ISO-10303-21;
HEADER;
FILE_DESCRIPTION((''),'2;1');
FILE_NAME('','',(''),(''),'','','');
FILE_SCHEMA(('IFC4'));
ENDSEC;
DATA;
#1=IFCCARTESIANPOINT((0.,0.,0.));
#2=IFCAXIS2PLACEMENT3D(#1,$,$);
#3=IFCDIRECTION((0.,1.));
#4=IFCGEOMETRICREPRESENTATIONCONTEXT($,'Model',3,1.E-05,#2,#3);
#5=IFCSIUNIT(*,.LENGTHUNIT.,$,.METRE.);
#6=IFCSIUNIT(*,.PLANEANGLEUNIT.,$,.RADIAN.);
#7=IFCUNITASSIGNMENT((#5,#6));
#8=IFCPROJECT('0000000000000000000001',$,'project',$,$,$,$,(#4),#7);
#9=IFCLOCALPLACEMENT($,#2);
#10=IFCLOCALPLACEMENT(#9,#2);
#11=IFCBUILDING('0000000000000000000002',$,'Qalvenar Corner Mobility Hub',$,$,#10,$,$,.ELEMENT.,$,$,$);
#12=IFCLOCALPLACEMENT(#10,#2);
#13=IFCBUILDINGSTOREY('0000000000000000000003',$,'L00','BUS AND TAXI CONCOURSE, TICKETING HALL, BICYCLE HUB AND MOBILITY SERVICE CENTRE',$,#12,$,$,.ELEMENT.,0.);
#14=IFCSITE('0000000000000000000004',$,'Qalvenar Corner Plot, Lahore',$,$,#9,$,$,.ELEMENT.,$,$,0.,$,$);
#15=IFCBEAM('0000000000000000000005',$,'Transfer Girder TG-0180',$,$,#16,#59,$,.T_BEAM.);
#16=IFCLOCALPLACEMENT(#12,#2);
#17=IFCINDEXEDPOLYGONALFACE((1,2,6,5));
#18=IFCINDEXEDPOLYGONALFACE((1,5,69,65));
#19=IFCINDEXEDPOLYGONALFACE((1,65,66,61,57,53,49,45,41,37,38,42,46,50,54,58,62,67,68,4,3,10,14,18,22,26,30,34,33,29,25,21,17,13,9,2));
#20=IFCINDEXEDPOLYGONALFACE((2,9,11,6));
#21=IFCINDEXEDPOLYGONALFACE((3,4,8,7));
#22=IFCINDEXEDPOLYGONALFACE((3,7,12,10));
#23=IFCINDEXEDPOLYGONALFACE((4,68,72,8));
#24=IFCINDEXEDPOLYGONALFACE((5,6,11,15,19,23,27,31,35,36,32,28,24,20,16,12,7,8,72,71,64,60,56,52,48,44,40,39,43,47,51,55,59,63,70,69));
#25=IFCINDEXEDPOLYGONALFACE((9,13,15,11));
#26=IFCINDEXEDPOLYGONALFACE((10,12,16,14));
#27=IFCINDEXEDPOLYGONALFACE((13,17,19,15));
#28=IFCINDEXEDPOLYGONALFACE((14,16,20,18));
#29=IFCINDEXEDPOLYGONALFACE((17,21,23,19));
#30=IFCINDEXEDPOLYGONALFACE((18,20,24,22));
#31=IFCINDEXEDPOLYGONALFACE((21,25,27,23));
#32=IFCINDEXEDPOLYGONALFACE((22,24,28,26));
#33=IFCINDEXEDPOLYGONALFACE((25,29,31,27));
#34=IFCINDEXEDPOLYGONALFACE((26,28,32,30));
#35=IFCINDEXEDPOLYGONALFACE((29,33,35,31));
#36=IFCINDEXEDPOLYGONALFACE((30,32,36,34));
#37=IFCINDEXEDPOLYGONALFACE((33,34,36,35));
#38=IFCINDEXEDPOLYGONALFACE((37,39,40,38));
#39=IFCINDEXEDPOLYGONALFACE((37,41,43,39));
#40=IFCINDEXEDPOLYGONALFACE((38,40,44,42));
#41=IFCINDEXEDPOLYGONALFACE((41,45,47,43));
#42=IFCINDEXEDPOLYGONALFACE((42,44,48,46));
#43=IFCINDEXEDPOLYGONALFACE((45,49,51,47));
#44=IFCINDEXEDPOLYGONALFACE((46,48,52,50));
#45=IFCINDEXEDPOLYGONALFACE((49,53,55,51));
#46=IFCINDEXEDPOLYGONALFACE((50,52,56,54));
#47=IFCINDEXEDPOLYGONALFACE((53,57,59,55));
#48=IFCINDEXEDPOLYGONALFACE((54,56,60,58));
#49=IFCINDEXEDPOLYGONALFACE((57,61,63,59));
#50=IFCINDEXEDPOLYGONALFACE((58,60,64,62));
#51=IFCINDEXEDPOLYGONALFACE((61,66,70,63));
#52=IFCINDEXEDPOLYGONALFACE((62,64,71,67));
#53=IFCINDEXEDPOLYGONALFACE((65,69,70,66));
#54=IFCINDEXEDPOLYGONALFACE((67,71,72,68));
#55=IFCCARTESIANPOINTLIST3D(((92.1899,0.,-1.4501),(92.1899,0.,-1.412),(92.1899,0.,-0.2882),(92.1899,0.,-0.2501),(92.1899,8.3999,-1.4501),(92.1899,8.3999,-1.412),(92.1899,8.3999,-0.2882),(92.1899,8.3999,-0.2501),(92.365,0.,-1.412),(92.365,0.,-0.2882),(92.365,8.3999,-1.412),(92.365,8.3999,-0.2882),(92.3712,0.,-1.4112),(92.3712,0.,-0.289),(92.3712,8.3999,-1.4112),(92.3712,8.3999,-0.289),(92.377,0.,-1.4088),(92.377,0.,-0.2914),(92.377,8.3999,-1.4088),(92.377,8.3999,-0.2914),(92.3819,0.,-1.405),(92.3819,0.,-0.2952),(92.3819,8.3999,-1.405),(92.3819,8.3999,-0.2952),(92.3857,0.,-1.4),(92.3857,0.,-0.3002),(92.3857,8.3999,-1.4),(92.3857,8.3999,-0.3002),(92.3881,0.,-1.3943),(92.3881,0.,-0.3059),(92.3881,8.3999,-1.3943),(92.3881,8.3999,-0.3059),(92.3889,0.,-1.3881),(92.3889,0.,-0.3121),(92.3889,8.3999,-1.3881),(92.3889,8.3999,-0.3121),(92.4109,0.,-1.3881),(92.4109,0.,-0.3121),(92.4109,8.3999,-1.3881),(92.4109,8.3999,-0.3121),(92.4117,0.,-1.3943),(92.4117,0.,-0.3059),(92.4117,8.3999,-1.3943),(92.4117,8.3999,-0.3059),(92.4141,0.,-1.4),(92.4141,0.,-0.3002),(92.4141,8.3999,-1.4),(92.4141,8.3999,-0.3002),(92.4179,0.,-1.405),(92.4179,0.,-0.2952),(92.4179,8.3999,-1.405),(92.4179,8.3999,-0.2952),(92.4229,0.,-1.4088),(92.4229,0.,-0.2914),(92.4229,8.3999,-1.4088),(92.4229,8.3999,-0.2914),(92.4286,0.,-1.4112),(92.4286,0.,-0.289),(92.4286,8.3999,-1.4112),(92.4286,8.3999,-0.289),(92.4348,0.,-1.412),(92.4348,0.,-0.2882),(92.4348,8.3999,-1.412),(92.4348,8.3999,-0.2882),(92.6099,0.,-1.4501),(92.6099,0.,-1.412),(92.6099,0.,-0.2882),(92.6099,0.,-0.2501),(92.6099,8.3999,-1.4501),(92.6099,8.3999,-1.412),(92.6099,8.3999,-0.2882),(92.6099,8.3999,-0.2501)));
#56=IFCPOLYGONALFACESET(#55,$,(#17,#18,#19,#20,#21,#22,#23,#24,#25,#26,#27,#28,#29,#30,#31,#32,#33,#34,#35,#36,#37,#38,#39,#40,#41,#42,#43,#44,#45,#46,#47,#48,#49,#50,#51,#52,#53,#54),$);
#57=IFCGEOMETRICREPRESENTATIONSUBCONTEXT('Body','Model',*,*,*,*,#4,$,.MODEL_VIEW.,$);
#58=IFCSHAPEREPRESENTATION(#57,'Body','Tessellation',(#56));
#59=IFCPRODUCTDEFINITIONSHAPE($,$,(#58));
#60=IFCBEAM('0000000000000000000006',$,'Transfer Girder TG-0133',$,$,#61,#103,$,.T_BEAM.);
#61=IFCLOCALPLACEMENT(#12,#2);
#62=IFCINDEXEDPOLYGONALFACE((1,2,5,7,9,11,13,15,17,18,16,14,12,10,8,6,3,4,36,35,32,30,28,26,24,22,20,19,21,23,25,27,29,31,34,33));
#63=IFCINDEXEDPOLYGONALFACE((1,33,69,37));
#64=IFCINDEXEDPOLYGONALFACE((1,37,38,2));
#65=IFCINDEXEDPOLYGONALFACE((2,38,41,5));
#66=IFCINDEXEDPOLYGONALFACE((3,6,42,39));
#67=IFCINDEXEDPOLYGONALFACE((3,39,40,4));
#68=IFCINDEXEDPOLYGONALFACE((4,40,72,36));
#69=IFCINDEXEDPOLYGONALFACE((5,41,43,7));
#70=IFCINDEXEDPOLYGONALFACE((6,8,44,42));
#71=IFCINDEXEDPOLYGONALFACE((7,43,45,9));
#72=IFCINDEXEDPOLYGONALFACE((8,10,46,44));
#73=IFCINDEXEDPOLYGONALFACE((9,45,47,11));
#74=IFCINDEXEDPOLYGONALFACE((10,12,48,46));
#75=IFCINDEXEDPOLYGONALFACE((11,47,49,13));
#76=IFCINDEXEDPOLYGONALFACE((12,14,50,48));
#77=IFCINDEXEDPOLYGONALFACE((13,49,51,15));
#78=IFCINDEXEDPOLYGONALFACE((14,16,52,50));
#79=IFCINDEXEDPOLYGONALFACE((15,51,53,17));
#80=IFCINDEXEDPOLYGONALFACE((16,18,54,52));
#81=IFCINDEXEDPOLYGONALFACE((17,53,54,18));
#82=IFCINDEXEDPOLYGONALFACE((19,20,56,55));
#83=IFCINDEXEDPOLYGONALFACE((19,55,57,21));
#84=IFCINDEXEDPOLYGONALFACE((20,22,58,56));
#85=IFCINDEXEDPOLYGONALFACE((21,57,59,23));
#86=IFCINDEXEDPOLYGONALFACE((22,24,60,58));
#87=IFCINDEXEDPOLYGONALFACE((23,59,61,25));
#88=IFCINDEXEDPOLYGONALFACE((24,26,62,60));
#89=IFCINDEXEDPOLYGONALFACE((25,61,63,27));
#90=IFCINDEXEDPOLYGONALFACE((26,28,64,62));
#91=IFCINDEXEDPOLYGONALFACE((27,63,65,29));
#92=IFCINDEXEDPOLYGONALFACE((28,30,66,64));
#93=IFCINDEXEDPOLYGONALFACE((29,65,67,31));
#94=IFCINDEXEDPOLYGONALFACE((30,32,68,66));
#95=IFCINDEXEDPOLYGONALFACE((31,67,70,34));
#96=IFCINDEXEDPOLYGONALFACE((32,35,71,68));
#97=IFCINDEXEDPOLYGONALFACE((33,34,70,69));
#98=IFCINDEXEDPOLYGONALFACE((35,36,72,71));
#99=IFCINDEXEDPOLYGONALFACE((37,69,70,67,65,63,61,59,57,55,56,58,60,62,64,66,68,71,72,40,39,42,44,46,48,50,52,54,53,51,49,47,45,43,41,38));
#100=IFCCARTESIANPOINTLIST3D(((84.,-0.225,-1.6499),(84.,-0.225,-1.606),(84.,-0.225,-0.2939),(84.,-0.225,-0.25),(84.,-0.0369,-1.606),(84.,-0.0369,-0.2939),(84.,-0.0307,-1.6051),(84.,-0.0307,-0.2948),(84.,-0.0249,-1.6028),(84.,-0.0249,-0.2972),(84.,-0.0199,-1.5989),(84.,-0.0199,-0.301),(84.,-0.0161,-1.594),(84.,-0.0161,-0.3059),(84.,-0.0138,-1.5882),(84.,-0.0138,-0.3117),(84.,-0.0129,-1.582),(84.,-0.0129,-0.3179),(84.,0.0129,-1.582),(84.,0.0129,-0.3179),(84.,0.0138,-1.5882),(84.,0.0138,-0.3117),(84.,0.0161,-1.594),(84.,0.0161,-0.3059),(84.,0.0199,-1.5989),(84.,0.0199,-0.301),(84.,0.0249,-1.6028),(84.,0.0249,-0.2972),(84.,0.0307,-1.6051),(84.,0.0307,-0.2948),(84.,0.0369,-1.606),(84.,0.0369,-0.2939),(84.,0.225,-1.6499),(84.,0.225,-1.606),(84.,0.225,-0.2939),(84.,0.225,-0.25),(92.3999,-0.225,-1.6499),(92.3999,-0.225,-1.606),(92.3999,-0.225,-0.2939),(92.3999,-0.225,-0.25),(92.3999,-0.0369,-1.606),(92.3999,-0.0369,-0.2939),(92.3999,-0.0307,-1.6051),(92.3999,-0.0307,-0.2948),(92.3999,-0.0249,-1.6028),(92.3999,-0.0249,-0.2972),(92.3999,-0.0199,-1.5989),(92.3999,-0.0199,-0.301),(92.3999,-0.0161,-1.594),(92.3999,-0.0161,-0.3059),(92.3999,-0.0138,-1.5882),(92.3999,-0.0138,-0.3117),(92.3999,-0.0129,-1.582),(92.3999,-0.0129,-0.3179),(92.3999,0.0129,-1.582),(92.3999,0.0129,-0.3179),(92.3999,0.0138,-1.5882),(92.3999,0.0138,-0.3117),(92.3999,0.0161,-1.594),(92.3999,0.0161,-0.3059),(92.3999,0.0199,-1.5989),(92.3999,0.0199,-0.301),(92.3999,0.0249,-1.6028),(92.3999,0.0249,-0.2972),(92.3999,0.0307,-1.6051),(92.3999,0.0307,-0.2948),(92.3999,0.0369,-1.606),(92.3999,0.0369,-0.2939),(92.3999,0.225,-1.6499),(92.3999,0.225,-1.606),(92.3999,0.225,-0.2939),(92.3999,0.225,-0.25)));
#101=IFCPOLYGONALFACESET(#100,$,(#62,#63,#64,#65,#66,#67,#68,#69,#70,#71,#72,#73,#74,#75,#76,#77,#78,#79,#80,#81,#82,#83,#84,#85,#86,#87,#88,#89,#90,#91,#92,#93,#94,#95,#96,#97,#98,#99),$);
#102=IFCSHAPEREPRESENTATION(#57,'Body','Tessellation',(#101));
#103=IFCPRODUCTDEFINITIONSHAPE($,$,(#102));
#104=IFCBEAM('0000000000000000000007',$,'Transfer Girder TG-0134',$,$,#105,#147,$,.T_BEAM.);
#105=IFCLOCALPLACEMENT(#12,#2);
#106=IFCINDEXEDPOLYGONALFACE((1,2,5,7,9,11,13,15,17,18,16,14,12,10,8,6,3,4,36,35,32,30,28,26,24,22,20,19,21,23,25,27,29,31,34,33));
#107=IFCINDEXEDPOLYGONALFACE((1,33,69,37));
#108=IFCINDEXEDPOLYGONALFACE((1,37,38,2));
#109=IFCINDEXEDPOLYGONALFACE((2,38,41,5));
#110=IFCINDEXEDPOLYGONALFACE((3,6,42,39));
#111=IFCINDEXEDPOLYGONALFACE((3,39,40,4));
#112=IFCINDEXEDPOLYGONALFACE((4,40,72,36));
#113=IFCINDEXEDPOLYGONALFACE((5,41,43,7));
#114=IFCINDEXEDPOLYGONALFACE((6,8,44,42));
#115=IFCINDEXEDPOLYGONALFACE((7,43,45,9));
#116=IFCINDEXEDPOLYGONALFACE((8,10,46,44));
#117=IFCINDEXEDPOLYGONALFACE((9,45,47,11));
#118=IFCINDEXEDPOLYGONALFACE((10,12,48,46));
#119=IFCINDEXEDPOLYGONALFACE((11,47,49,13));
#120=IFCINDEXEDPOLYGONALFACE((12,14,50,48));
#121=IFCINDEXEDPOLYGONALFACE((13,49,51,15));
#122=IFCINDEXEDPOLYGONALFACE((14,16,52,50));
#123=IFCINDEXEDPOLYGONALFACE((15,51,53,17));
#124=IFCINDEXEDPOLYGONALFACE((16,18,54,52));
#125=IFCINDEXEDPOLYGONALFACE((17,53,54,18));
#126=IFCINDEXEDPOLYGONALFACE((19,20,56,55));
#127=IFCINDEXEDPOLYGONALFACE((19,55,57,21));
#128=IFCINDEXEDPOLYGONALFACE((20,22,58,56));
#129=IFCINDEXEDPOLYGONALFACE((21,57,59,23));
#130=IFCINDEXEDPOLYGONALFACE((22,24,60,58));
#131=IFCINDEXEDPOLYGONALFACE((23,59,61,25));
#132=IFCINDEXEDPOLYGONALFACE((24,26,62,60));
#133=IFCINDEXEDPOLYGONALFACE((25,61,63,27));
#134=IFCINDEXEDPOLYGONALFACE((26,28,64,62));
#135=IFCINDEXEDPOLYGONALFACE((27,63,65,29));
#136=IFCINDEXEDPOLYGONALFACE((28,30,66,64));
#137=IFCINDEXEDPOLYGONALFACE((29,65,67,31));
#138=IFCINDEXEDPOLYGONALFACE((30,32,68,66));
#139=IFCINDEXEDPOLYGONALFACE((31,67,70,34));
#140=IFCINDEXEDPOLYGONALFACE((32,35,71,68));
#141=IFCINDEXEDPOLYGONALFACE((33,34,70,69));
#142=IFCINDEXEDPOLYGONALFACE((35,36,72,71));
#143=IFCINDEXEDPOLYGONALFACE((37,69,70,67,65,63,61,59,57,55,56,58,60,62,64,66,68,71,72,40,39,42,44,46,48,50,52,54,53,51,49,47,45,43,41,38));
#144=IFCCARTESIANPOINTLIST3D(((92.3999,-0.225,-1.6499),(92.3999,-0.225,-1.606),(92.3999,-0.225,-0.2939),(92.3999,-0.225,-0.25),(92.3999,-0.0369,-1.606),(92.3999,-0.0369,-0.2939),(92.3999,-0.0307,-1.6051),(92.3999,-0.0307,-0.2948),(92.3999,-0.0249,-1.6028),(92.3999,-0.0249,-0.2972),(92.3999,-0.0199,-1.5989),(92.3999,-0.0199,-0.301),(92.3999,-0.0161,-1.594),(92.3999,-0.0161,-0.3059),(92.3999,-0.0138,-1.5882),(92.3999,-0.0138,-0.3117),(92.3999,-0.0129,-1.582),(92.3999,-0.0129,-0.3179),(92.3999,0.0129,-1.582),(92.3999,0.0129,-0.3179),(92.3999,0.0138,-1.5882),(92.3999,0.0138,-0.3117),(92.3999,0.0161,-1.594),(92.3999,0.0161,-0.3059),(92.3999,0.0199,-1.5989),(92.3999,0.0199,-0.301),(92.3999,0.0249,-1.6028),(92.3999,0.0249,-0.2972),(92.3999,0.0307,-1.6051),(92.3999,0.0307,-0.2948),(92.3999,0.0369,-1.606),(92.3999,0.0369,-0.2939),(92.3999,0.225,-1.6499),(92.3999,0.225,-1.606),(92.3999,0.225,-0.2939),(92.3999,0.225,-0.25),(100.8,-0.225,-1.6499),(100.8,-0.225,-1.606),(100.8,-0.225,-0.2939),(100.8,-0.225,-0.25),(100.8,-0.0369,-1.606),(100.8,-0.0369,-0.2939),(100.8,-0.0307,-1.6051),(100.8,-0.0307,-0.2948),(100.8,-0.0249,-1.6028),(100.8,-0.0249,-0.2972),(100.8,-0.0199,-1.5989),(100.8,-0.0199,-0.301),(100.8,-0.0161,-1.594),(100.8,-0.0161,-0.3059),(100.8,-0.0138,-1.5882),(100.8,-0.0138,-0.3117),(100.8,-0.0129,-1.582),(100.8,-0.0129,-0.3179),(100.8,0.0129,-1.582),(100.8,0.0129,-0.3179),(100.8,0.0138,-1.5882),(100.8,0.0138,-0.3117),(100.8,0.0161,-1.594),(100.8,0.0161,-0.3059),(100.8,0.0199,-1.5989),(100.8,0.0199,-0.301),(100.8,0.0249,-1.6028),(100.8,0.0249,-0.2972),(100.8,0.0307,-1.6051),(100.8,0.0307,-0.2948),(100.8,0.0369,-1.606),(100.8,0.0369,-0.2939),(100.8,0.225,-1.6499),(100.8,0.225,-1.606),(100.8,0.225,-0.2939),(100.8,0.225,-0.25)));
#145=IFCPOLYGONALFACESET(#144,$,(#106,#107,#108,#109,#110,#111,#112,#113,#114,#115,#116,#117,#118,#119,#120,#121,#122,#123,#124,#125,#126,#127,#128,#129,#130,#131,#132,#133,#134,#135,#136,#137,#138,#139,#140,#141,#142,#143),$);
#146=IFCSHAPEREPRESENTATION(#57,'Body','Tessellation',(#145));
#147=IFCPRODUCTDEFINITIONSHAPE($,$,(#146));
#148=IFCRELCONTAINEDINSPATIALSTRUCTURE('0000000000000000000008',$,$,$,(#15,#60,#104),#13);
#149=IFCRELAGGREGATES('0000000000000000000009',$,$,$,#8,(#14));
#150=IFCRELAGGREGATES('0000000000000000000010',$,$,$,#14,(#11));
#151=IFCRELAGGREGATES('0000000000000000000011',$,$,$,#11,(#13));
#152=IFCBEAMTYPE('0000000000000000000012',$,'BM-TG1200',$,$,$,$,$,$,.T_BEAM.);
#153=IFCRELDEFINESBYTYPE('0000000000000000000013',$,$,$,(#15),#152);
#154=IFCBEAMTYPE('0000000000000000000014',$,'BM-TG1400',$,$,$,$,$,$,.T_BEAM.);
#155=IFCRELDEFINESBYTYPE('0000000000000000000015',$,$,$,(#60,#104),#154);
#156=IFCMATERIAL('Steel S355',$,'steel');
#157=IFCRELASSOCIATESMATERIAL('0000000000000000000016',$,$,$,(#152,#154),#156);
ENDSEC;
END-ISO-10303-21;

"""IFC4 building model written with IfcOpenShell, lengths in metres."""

from ifc_helpers import new_model, si_unit, direction, frame, origin, origin_2d, place, context, subcontext, project, spatial, i_section, extrude, material, material_profile, profile_set, type_object, element, save


model = new_model("IFC4")

# Units and contexts
model_context = context("Model", 3, precision=1e-05, world=origin(), true_north=direction((0.0, 1.0)))
body_context = subcontext(model_context, "Body", "Model", "MODEL_VIEW")
ifc_project = project(units=[si_unit("LENGTHUNIT", "METRE"), si_unit("PLANEANGLEUNIT", "RADIAN")], contexts=[model_context])

# Site, building, storey
site_placement = place(None, origin())
site = spatial("IfcSite", under=ifc_project, at=site_placement, Name="Qalvenar Corner Plot, Lahore", CompositionType="ELEMENT", RefElevation=0.0)
building_placement = place(site_placement, origin())
building = spatial("IfcBuilding", under=site, at=building_placement, Name="Qalvenar Corner Mobility Hub", CompositionType="ELEMENT")
storey_placement = place(building_placement, origin())
storey = spatial("IfcBuildingStorey", under=building, at=storey_placement, Name="L00", Description="BUS AND TAXI CONCOURSE, TICKETING HALL, BICYCLE HUB AND MOBILITY SERVICE CENTRE", CompositionType="ELEMENT", Elevation=0.0)

# Shared definitions
ifc_material_1 = material(Name="Steel S355", Category="steel")

# Beams
ifc_material_profile_1 = material_profile(ifc_material_1, i_section(OverallWidth=0.4199, OverallDepth=1.2, WebThickness=0.022, FlangeThickness=0.0381, FilletRadius=0.0239, at=origin_2d()), Name="W1100x390-TG1200")
ifc_profile_set_1 = profile_set([ifc_material_profile_1], Name="Steel S355")
beam_type_1 = type_object("IfcBeamType", Name="BM-TG1200", PredefinedType="T_BEAM", material=ifc_profile_set_1)
for number, where, z_axis, x_axis, name in (
    (1, (92.3999, 0.0, -0.8501), (0.0, 1.0, 0.0), (-1.0, 0.0, 0.0), "Transfer Girder TG-0180"),
):
    element("IfcBeam", number, at=place(storey_placement, frame(where, z_axis=z_axis, x_axis=x_axis)), inside=storey, type_object=beam_type_1, Name=name, PredefinedType="T_BEAM", context=body_context, shape_type="SweptSolid", body=[
        extrude(i_section(OverallWidth=0.4199, OverallDepth=1.2, WebThickness=0.022, FlangeThickness=0.0381, FilletRadius=0.0239, at=origin_2d()), origin(), (0.0, 0.0, 1.0), 8.3999),
    ])
ifc_material_profile_2 = material_profile(ifc_material_1, i_section(OverallWidth=0.45, OverallDepth=1.3999, WebThickness=0.0259, FlangeThickness=0.0439, FilletRadius=0.0239, at=origin_2d()), Name="W1100x499-TG1400")
ifc_profile_set_2 = profile_set([ifc_material_profile_2], Name="Steel S355")
beam_type_2 = type_object("IfcBeamType", Name="BM-TG1400", PredefinedType="T_BEAM", material=ifc_profile_set_2)
beam_1_placement = place(storey_placement, frame((84.0, 0.0, -0.95), z_axis=(1.0, 0.0, 0.0), x_axis=(0.0, 1.0, 0.0)))
element("IfcBeam", 2, at=beam_1_placement, inside=storey, type_object=beam_type_2, Name="Transfer Girder TG-0133", PredefinedType="T_BEAM", context=body_context, shape_type="SweptSolid", body=[
    extrude(i_section(OverallWidth=0.45, OverallDepth=1.3999, WebThickness=0.0259, FlangeThickness=0.0439, FilletRadius=0.0239, at=origin_2d()), origin(), (0.0, 0.0, 1.0), 8.3999),
])
beam_2_placement = place(storey_placement, frame((92.3999, 0.0, -0.95), z_axis=(1.0, 0.0, 0.0), x_axis=(0.0, 1.0, 0.0)))
element("IfcBeam", 3, at=beam_2_placement, inside=storey, type_object=beam_type_2, Name="Transfer Girder TG-0134", PredefinedType="T_BEAM", context=body_context, shape_type="SweptSolid", body=[
    extrude(i_section(OverallWidth=0.45, OverallDepth=1.3999, WebThickness=0.0259, FlangeThickness=0.0439, FilletRadius=0.0239, at=origin_2d()), origin(), (0.0, 0.0, 1.0), 8.4001),
])

save(model, "model.ifc")
